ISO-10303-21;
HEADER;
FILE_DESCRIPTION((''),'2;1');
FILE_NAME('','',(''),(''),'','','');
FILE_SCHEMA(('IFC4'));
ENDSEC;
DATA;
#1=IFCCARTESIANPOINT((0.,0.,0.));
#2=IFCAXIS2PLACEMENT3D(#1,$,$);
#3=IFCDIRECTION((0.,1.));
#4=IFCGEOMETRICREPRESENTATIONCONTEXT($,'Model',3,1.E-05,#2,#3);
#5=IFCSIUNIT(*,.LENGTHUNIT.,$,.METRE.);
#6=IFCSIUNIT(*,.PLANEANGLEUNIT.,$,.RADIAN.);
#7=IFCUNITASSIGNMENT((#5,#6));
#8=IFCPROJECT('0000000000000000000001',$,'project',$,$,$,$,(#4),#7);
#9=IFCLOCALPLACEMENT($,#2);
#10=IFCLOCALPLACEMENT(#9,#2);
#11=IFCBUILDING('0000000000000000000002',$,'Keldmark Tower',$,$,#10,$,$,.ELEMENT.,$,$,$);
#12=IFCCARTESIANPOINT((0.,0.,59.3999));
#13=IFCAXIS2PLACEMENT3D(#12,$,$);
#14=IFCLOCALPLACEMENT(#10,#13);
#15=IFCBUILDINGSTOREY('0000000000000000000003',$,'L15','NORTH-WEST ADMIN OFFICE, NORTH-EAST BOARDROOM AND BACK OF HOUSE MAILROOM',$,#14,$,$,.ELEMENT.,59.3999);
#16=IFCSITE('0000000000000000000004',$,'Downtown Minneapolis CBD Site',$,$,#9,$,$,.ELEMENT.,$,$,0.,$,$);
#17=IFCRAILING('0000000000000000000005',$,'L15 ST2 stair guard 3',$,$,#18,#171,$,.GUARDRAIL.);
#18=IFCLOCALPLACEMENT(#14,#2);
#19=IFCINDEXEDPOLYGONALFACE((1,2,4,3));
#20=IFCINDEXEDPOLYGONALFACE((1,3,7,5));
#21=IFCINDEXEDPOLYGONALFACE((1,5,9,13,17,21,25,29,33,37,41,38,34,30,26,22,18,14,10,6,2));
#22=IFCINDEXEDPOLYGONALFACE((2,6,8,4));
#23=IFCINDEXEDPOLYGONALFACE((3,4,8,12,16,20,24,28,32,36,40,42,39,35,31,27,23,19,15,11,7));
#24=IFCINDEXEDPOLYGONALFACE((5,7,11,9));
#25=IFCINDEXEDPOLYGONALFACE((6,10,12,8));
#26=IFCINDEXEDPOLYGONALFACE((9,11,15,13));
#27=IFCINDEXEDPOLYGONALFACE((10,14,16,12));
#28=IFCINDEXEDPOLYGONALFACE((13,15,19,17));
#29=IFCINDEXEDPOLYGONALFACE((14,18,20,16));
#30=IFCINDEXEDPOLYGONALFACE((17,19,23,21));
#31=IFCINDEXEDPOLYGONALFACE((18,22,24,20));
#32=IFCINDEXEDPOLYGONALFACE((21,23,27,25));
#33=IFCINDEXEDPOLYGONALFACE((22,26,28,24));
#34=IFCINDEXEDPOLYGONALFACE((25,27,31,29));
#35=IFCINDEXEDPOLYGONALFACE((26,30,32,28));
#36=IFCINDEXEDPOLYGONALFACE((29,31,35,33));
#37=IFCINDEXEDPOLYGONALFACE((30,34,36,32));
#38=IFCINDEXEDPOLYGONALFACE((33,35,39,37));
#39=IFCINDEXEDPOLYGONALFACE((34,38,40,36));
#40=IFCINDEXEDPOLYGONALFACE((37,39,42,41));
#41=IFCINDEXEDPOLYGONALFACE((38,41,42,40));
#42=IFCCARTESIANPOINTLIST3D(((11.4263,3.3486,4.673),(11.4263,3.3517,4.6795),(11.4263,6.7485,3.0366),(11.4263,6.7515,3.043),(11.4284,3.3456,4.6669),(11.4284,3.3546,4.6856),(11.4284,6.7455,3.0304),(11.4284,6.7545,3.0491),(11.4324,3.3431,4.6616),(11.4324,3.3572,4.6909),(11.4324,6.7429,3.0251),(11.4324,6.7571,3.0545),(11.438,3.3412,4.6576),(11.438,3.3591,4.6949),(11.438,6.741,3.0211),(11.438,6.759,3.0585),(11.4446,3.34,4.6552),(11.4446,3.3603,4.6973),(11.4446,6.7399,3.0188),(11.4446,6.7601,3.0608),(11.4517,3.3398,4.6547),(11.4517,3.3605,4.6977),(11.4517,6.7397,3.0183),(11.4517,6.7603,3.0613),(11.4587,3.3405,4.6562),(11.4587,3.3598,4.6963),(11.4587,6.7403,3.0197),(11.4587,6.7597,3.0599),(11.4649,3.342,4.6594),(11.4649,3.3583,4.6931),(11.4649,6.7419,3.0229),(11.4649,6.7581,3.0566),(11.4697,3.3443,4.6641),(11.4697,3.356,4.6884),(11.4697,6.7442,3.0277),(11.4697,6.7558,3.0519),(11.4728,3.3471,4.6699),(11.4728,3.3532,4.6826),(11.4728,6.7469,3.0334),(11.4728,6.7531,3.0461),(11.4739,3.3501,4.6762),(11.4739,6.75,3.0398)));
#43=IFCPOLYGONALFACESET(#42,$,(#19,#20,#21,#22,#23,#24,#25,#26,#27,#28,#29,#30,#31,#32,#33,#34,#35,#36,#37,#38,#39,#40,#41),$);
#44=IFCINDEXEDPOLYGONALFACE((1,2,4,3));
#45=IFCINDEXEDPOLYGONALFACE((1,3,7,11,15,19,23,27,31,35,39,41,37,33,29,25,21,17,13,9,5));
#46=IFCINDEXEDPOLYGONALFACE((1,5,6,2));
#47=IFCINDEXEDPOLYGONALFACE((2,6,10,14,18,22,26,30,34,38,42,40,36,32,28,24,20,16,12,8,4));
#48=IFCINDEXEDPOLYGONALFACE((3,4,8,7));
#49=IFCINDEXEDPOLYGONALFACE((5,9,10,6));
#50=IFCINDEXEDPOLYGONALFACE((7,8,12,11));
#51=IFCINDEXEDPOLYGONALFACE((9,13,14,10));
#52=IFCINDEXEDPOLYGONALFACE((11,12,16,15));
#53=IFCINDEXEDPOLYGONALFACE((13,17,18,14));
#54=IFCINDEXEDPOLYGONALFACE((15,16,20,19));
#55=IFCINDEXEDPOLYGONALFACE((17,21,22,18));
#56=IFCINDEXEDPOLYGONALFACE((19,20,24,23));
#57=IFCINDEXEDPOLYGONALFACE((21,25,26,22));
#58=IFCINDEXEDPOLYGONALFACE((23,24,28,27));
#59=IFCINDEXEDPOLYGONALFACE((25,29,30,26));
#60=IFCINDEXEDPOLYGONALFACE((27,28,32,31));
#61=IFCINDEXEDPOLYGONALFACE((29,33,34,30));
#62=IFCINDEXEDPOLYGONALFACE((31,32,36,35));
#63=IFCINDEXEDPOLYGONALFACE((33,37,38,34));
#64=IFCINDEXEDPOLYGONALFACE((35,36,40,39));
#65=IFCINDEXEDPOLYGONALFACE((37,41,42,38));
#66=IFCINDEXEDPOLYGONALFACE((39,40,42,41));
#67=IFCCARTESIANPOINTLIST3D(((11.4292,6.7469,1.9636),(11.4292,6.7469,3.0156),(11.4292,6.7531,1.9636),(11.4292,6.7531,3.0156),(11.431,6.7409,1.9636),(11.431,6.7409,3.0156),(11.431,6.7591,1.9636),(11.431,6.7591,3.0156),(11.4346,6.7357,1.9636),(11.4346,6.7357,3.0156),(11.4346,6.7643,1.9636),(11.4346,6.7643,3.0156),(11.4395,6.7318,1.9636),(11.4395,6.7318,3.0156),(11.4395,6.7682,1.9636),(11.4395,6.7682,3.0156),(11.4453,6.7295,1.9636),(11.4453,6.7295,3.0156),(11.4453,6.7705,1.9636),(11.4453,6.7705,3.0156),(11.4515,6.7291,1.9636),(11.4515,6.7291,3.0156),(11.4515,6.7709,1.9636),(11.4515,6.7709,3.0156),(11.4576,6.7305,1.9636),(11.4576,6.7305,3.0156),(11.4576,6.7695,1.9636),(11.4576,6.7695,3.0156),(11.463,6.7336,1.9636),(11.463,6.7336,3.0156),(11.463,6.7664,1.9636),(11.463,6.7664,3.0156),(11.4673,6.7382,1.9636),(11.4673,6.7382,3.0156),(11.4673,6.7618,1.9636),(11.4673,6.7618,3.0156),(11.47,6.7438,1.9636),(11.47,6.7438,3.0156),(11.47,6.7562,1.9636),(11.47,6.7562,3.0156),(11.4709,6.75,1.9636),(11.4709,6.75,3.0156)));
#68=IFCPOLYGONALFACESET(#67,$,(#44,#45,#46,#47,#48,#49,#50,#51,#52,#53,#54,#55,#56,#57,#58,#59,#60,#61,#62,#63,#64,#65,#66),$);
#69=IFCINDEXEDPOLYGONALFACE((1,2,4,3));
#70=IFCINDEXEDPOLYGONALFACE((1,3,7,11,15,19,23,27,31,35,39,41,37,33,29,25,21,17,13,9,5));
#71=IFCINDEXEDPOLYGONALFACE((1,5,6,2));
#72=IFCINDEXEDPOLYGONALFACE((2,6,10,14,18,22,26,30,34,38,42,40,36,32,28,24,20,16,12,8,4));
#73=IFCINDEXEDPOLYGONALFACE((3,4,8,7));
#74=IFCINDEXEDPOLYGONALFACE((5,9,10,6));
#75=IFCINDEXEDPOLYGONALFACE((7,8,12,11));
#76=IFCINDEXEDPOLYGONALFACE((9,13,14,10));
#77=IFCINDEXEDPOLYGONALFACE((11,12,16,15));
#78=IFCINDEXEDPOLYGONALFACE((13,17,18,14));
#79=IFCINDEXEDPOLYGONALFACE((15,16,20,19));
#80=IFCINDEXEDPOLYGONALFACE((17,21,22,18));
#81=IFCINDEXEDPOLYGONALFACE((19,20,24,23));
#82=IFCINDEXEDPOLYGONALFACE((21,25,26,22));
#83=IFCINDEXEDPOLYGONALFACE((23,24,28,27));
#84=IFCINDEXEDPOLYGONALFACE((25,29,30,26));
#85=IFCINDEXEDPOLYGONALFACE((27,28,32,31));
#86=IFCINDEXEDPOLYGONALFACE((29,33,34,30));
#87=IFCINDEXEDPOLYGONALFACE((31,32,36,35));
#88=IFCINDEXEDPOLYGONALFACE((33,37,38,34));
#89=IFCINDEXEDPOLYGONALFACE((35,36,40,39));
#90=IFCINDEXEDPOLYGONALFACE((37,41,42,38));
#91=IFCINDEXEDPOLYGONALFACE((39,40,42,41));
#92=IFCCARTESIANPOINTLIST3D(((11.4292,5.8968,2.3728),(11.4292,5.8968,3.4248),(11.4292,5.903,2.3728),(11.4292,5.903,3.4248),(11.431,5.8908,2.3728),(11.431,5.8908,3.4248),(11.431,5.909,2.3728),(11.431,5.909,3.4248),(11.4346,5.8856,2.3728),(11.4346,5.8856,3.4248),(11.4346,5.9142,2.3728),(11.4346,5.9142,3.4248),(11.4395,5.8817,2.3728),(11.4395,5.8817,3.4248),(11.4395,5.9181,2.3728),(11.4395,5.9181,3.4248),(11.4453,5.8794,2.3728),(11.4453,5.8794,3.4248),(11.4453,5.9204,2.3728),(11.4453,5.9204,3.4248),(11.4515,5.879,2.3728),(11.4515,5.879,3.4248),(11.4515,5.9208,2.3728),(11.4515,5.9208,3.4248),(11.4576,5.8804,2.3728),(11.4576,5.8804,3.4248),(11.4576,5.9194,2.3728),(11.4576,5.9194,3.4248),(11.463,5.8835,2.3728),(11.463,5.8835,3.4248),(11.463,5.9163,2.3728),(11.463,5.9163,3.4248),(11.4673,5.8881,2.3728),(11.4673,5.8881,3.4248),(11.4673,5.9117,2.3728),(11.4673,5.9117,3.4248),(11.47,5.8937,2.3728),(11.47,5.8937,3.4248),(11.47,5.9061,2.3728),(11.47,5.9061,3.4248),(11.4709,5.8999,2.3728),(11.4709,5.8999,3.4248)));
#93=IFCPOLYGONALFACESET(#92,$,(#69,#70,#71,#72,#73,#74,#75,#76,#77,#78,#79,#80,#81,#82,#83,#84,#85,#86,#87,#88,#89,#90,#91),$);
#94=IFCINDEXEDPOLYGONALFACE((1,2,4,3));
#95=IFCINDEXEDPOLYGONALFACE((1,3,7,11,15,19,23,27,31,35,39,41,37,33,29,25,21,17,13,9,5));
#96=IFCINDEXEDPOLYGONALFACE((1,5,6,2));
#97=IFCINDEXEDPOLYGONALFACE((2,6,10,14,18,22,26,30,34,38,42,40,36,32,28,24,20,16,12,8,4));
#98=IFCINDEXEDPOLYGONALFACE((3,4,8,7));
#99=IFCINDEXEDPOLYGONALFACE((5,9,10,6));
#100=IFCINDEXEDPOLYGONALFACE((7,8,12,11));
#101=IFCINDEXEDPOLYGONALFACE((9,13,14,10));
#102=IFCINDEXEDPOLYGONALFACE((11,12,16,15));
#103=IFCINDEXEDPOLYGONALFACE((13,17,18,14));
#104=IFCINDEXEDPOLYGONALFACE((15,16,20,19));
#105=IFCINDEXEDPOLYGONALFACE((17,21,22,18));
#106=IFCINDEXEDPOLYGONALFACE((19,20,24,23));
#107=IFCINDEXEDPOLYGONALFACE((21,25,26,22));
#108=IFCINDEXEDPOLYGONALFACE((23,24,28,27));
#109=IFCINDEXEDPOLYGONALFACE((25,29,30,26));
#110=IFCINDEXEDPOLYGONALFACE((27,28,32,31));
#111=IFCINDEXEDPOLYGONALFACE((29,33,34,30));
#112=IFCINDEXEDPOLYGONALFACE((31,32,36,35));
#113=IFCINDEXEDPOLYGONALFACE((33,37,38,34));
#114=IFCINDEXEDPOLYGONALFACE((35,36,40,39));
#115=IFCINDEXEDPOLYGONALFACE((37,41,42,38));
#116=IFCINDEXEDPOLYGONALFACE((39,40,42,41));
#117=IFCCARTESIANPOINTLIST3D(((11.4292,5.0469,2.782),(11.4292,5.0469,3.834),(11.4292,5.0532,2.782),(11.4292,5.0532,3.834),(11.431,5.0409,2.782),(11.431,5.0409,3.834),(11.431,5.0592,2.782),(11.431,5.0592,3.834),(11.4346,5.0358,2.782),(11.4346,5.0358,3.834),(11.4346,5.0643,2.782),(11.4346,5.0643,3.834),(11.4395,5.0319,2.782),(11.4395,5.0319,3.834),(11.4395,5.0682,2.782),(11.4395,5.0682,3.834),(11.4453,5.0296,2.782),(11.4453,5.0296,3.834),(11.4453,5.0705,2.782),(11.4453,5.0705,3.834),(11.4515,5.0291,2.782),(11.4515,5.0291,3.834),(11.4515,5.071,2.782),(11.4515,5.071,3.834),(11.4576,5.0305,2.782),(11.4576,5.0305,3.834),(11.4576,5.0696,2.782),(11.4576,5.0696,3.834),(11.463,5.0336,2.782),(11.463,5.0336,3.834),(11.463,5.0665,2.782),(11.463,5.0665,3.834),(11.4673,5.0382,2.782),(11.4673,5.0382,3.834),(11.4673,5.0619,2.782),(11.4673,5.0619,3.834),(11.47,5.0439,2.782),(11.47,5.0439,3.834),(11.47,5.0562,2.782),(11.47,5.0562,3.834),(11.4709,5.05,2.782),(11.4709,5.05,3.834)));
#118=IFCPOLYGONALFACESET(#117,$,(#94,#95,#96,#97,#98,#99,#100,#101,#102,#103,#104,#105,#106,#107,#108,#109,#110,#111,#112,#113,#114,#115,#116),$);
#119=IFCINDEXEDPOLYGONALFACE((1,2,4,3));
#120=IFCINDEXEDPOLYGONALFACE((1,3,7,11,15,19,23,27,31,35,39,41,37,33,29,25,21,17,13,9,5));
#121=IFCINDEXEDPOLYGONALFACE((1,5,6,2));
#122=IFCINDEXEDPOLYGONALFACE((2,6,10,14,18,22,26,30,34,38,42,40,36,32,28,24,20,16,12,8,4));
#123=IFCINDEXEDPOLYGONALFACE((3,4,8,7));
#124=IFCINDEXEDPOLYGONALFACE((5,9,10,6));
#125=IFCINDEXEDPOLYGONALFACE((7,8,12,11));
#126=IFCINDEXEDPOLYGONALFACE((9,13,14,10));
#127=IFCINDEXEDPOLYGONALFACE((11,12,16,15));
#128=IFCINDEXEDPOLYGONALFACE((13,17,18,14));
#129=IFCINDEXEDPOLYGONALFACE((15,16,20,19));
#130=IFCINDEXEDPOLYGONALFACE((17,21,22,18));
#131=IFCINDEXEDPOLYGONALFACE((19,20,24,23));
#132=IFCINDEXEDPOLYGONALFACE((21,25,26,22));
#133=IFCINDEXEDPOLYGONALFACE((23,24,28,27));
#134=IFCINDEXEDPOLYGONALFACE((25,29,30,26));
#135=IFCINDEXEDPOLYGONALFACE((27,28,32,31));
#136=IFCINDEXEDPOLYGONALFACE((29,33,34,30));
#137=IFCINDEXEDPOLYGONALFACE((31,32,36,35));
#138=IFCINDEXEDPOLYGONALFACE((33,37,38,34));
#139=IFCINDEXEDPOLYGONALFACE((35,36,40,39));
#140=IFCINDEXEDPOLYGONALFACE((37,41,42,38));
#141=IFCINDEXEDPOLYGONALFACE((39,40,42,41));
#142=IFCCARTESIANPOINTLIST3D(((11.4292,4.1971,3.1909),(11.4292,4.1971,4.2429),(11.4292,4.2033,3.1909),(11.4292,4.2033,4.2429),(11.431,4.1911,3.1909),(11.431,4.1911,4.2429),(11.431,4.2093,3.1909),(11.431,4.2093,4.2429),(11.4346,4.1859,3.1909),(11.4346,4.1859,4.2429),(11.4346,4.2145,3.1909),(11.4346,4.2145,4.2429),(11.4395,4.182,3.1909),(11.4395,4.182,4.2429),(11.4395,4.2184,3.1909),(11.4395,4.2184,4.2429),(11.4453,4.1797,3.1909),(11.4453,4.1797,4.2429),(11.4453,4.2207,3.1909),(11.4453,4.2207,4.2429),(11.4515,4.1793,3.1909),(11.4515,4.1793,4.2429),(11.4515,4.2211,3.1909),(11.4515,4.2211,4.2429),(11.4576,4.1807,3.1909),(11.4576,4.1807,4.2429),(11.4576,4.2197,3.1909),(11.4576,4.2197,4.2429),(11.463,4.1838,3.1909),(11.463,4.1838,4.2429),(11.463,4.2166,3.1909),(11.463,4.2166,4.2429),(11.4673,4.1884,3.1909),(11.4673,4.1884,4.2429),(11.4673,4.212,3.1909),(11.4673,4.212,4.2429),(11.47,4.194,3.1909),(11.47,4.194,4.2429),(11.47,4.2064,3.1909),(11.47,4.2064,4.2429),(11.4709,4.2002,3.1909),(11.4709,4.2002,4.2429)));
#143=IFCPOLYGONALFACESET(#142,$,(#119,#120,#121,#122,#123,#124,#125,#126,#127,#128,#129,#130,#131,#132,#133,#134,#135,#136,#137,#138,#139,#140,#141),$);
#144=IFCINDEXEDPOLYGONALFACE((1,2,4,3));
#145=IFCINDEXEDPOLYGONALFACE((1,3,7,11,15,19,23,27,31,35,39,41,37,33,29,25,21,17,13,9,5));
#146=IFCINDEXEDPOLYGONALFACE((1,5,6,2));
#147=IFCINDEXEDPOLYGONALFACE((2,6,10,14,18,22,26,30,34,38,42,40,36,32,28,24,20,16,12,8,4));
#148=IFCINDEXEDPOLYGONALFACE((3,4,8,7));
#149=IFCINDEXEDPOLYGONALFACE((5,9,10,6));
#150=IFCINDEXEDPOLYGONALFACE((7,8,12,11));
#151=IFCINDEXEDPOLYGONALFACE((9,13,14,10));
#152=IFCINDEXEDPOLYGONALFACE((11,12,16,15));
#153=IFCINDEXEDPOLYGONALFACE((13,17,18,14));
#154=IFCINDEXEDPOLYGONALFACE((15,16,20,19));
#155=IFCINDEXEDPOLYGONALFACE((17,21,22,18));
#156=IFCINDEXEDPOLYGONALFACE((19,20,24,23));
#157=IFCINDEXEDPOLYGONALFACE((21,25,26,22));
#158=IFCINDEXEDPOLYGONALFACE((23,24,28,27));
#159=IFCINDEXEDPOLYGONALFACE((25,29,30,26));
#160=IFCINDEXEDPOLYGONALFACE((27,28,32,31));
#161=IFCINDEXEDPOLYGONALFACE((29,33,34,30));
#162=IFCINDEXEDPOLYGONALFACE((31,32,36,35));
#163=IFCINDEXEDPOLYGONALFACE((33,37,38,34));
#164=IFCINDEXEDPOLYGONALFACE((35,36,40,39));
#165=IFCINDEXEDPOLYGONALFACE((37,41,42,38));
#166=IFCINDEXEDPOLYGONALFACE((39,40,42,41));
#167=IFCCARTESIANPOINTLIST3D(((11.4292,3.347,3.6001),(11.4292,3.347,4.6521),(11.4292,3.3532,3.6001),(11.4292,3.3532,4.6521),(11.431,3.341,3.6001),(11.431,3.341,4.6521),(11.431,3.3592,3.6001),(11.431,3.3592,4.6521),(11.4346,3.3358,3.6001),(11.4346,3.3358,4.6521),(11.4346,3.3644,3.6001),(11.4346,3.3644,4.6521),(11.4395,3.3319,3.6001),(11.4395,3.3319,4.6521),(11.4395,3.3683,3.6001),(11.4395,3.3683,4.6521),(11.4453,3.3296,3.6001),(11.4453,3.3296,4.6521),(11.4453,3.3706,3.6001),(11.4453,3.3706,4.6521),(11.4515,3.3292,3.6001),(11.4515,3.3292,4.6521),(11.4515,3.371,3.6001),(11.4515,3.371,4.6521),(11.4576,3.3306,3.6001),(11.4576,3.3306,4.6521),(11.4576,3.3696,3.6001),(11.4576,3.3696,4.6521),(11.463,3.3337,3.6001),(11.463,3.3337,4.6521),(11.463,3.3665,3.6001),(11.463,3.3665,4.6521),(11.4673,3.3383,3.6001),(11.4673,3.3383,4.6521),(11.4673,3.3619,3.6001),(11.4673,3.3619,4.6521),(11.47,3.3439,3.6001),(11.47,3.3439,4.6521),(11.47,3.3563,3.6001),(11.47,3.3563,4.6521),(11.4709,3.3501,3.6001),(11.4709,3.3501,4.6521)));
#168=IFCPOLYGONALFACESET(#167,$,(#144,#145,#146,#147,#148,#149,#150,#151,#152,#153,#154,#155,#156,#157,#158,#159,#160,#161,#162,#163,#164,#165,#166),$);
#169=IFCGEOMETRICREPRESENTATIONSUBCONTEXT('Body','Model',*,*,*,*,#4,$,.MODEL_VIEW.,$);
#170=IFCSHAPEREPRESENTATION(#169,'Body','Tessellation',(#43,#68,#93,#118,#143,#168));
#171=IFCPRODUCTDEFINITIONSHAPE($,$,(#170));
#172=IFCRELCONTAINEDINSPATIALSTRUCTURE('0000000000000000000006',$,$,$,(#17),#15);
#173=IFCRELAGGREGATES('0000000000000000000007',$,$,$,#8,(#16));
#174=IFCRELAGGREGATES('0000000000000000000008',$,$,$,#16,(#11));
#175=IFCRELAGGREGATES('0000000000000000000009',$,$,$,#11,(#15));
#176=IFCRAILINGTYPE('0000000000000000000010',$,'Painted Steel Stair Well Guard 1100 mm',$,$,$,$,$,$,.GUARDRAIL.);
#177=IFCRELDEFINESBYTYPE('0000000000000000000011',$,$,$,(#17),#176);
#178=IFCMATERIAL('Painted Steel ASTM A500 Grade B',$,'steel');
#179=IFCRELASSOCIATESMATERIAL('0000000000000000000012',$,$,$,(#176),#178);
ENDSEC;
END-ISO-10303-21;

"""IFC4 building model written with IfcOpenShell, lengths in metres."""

from ifc_helpers import new_model, si_unit, direction, frame, origin, origin_2d, place, context, subcontext, project, spatial, circle, extrude, material, type_object, element, save


model = new_model("IFC4")

# Units and contexts
model_context = context("Model", 3, precision=1e-05, world=origin(), true_north=direction((0.0, 1.0)))
body_context = subcontext(model_context, "Body", "Model", "MODEL_VIEW")
ifc_project = project(units=[si_unit("LENGTHUNIT", "METRE"), si_unit("PLANEANGLEUNIT", "RADIAN")], contexts=[model_context])

# Site, building, storey
site_placement = place(None, origin())
site = spatial("IfcSite", under=ifc_project, at=site_placement, Name="Downtown Minneapolis CBD Site", CompositionType="ELEMENT", RefElevation=0.0)
building_placement = place(site_placement, origin())
building = spatial("IfcBuilding", under=site, at=building_placement, Name="Keldmark Tower", CompositionType="ELEMENT")
storey_placement = place(building_placement, frame((0.0, 0.0, 59.3999)))
storey = spatial("IfcBuildingStorey", under=building, at=storey_placement, Name="L15", Description="NORTH-WEST ADMIN OFFICE, NORTH-EAST BOARDROOM AND BACK OF HOUSE MAILROOM", CompositionType="ELEMENT", Elevation=59.3999)

# Railing
ifc_material_1 = material(Name="Painted Steel ASTM A500 Grade B", Category="steel")
railing_type_1 = type_object("IfcRailingType", Name="Painted Steel Stair Well Guard 1100 mm", PredefinedType="GUARDRAIL", material=ifc_material_1)
railing_1_placement = place(storey_placement, frame((11.45, 6.75, 1.9636)))
element("IfcRailing", 1, at=railing_1_placement, inside=storey, type_object=railing_type_1, Name="L15 ST2 stair guard 3", PredefinedType="GUARDRAIL", context=body_context, shape_type="SweptSolid", body=[
    extrude(circle(Radius=0.0239, at=origin_2d()), frame((0.0, 0.0, 1.0762), z_axis=(0.0, -0.901055, 0.433705), x_axis=(1.0, 0.0, 0.0)), (0.0, 0.0, 1.0), 3.7732),
    extrude(circle(Radius=0.021, at=origin_2d()), origin(), (0.0, 0.0, 1.0), 1.052),
    extrude(circle(Radius=0.021, at=origin_2d()), frame((0.0, -0.8501, 0.4092)), (0.0, 0.0, 1.0), 1.052),
    extrude(circle(Radius=0.021, at=origin_2d()), frame((0.0, -1.7, 0.8184)), (0.0, 0.0, 1.0), 1.052),
    extrude(circle(Radius=0.021, at=origin_2d()), frame((0.0, -2.5498, 1.2273)), (0.0, 0.0, 1.0), 1.052),
    extrude(circle(Radius=0.021, at=origin_2d()), frame((0.0, -3.3999, 1.6365)), (0.0, 0.0, 1.0), 1.052),
])

save(model, "model.ifc")
